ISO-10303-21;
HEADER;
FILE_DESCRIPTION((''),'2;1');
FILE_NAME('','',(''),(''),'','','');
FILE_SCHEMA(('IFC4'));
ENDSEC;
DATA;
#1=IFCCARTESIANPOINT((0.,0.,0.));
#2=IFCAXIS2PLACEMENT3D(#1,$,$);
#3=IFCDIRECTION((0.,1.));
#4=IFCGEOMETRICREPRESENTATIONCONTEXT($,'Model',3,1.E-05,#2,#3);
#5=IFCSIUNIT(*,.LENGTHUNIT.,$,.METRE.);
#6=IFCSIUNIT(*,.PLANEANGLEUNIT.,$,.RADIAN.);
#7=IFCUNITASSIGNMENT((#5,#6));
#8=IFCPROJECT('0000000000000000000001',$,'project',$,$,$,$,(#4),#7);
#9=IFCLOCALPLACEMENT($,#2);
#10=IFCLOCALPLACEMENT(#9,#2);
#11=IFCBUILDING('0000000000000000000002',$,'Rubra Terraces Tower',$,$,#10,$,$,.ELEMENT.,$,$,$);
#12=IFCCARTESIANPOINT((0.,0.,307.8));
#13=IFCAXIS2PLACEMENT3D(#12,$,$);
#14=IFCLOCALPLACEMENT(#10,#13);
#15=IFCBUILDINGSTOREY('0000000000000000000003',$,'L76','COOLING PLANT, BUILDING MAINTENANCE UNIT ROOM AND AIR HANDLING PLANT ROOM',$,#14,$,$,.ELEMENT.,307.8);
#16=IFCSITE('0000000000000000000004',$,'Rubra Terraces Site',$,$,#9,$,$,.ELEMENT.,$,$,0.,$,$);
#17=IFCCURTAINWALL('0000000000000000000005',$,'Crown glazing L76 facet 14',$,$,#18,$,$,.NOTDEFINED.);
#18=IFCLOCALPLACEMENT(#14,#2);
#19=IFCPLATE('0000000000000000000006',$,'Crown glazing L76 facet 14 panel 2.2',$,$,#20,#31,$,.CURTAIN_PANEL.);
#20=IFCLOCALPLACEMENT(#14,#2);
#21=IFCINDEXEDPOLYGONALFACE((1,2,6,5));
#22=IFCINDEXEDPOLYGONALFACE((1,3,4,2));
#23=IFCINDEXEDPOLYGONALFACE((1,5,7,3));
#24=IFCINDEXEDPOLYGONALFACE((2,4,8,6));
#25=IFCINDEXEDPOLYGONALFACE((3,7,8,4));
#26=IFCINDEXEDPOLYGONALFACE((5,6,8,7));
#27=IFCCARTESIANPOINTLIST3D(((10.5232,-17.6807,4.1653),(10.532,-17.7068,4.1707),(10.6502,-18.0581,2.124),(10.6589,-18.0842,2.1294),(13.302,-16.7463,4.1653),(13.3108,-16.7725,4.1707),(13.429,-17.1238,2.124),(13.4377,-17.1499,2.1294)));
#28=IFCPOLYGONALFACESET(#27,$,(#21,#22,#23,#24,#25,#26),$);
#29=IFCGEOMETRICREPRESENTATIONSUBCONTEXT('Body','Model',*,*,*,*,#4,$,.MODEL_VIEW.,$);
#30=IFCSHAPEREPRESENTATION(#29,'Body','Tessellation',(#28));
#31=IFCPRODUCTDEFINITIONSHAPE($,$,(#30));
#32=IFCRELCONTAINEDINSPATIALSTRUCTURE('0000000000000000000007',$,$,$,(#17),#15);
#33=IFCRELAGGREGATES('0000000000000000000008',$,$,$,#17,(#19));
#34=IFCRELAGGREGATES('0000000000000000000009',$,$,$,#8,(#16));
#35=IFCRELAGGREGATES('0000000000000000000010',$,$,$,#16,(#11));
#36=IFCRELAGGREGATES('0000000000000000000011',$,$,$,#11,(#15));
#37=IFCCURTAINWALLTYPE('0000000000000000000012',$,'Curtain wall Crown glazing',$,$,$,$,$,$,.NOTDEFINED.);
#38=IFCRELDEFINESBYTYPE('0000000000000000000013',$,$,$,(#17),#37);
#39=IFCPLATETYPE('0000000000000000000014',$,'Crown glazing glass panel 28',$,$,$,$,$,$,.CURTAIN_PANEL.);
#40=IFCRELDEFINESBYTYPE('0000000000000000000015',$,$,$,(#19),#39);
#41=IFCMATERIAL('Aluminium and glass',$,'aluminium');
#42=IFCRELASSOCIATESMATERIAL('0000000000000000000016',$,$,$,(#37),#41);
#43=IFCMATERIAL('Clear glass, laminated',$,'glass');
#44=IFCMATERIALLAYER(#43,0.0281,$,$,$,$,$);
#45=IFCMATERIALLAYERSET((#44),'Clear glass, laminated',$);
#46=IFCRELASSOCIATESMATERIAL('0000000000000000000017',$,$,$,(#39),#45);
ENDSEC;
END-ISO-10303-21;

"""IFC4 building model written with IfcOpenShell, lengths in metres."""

from ifc_helpers import new_model, si_unit, direction, frame, origin, place, context, subcontext, project, spatial, polyline, outline, extrude, material, layer, layer_set, type_object, element, aggregate, save


model = new_model("IFC4")

# Units and contexts
model_context = context("Model", 3, precision=1e-05, world=origin(), true_north=direction((0.0, 1.0)))
body_context = subcontext(model_context, "Body", "Model", "MODEL_VIEW")
ifc_project = project(units=[si_unit("LENGTHUNIT", "METRE"), si_unit("PLANEANGLEUNIT", "RADIAN")], contexts=[model_context])

# Site, building, storey
site_placement = place(None, origin())
site = spatial("IfcSite", under=ifc_project, at=site_placement, Name="Rubra Terraces Site", CompositionType="ELEMENT", RefElevation=0.0)
building_placement = place(site_placement, origin())
building = spatial("IfcBuilding", under=site, at=building_placement, Name="Rubra Terraces Tower", CompositionType="ELEMENT")
storey_placement = place(building_placement, frame((0.0, 0.0, 307.8)))
storey = spatial("IfcBuildingStorey", under=building, at=storey_placement, Name="L76", Description="COOLING PLANT, BUILDING MAINTENANCE UNIT ROOM AND AIR HANDLING PLANT ROOM", CompositionType="ELEMENT", Elevation=307.8)

# Curtain wall
ifc_material_1 = material(Name="Aluminium and glass", Category="aluminium")
curtain_wall_type = type_object("IfcCurtainWallType", Name="Curtain wall Crown glazing", PredefinedType="NOTDEFINED", material=ifc_material_1)
curtain_wall_1_placement = place(storey_placement, origin())
curtain_wall_1 = element("IfcCurtainWall", 1, at=curtain_wall_1_placement, inside=storey, type_object=curtain_wall_type, Name="Crown glazing L76 facet 14", PredefinedType="NOTDEFINED")

# Plate
ifc_material_2 = material(Name="Clear glass, laminated", Category="glass")
ifc_layer = layer(ifc_material_2, 0.0281)
ifc_layer_set = layer_set([ifc_layer], Name="Clear glass, laminated")
plate_type = type_object("IfcPlateType", Name="Crown glazing glass panel 28", PredefinedType="CURTAIN_PANEL", material=ifc_layer_set)
plate_1_placement = place(storey_placement, frame((10.6589, -18.0842, 2.1294), z_axis=(0.312803, -0.930318, 0.191476), x_axis=(0.947856, 0.3187, 0.0)))
plate_1 = element("IfcPlate", 2, at=plate_1_placement, type_object=plate_type, Name="Crown glazing L76 facet 14 panel 2.2", PredefinedType="CURTAIN_PANEL", context=body_context, shape_type="SweptSolid", body=[
    extrude(outline(polyline([(0.0, 0.0), (2.9317, 0.0), (2.9316, 2.0797), (0.0, 2.0797), (0.0, 0.0)])), origin(), (0.0, 0.0, -1.0), 0.0281),
])
aggregate(curtain_wall_1, [plate_1])

save(model, "model.ifc")
